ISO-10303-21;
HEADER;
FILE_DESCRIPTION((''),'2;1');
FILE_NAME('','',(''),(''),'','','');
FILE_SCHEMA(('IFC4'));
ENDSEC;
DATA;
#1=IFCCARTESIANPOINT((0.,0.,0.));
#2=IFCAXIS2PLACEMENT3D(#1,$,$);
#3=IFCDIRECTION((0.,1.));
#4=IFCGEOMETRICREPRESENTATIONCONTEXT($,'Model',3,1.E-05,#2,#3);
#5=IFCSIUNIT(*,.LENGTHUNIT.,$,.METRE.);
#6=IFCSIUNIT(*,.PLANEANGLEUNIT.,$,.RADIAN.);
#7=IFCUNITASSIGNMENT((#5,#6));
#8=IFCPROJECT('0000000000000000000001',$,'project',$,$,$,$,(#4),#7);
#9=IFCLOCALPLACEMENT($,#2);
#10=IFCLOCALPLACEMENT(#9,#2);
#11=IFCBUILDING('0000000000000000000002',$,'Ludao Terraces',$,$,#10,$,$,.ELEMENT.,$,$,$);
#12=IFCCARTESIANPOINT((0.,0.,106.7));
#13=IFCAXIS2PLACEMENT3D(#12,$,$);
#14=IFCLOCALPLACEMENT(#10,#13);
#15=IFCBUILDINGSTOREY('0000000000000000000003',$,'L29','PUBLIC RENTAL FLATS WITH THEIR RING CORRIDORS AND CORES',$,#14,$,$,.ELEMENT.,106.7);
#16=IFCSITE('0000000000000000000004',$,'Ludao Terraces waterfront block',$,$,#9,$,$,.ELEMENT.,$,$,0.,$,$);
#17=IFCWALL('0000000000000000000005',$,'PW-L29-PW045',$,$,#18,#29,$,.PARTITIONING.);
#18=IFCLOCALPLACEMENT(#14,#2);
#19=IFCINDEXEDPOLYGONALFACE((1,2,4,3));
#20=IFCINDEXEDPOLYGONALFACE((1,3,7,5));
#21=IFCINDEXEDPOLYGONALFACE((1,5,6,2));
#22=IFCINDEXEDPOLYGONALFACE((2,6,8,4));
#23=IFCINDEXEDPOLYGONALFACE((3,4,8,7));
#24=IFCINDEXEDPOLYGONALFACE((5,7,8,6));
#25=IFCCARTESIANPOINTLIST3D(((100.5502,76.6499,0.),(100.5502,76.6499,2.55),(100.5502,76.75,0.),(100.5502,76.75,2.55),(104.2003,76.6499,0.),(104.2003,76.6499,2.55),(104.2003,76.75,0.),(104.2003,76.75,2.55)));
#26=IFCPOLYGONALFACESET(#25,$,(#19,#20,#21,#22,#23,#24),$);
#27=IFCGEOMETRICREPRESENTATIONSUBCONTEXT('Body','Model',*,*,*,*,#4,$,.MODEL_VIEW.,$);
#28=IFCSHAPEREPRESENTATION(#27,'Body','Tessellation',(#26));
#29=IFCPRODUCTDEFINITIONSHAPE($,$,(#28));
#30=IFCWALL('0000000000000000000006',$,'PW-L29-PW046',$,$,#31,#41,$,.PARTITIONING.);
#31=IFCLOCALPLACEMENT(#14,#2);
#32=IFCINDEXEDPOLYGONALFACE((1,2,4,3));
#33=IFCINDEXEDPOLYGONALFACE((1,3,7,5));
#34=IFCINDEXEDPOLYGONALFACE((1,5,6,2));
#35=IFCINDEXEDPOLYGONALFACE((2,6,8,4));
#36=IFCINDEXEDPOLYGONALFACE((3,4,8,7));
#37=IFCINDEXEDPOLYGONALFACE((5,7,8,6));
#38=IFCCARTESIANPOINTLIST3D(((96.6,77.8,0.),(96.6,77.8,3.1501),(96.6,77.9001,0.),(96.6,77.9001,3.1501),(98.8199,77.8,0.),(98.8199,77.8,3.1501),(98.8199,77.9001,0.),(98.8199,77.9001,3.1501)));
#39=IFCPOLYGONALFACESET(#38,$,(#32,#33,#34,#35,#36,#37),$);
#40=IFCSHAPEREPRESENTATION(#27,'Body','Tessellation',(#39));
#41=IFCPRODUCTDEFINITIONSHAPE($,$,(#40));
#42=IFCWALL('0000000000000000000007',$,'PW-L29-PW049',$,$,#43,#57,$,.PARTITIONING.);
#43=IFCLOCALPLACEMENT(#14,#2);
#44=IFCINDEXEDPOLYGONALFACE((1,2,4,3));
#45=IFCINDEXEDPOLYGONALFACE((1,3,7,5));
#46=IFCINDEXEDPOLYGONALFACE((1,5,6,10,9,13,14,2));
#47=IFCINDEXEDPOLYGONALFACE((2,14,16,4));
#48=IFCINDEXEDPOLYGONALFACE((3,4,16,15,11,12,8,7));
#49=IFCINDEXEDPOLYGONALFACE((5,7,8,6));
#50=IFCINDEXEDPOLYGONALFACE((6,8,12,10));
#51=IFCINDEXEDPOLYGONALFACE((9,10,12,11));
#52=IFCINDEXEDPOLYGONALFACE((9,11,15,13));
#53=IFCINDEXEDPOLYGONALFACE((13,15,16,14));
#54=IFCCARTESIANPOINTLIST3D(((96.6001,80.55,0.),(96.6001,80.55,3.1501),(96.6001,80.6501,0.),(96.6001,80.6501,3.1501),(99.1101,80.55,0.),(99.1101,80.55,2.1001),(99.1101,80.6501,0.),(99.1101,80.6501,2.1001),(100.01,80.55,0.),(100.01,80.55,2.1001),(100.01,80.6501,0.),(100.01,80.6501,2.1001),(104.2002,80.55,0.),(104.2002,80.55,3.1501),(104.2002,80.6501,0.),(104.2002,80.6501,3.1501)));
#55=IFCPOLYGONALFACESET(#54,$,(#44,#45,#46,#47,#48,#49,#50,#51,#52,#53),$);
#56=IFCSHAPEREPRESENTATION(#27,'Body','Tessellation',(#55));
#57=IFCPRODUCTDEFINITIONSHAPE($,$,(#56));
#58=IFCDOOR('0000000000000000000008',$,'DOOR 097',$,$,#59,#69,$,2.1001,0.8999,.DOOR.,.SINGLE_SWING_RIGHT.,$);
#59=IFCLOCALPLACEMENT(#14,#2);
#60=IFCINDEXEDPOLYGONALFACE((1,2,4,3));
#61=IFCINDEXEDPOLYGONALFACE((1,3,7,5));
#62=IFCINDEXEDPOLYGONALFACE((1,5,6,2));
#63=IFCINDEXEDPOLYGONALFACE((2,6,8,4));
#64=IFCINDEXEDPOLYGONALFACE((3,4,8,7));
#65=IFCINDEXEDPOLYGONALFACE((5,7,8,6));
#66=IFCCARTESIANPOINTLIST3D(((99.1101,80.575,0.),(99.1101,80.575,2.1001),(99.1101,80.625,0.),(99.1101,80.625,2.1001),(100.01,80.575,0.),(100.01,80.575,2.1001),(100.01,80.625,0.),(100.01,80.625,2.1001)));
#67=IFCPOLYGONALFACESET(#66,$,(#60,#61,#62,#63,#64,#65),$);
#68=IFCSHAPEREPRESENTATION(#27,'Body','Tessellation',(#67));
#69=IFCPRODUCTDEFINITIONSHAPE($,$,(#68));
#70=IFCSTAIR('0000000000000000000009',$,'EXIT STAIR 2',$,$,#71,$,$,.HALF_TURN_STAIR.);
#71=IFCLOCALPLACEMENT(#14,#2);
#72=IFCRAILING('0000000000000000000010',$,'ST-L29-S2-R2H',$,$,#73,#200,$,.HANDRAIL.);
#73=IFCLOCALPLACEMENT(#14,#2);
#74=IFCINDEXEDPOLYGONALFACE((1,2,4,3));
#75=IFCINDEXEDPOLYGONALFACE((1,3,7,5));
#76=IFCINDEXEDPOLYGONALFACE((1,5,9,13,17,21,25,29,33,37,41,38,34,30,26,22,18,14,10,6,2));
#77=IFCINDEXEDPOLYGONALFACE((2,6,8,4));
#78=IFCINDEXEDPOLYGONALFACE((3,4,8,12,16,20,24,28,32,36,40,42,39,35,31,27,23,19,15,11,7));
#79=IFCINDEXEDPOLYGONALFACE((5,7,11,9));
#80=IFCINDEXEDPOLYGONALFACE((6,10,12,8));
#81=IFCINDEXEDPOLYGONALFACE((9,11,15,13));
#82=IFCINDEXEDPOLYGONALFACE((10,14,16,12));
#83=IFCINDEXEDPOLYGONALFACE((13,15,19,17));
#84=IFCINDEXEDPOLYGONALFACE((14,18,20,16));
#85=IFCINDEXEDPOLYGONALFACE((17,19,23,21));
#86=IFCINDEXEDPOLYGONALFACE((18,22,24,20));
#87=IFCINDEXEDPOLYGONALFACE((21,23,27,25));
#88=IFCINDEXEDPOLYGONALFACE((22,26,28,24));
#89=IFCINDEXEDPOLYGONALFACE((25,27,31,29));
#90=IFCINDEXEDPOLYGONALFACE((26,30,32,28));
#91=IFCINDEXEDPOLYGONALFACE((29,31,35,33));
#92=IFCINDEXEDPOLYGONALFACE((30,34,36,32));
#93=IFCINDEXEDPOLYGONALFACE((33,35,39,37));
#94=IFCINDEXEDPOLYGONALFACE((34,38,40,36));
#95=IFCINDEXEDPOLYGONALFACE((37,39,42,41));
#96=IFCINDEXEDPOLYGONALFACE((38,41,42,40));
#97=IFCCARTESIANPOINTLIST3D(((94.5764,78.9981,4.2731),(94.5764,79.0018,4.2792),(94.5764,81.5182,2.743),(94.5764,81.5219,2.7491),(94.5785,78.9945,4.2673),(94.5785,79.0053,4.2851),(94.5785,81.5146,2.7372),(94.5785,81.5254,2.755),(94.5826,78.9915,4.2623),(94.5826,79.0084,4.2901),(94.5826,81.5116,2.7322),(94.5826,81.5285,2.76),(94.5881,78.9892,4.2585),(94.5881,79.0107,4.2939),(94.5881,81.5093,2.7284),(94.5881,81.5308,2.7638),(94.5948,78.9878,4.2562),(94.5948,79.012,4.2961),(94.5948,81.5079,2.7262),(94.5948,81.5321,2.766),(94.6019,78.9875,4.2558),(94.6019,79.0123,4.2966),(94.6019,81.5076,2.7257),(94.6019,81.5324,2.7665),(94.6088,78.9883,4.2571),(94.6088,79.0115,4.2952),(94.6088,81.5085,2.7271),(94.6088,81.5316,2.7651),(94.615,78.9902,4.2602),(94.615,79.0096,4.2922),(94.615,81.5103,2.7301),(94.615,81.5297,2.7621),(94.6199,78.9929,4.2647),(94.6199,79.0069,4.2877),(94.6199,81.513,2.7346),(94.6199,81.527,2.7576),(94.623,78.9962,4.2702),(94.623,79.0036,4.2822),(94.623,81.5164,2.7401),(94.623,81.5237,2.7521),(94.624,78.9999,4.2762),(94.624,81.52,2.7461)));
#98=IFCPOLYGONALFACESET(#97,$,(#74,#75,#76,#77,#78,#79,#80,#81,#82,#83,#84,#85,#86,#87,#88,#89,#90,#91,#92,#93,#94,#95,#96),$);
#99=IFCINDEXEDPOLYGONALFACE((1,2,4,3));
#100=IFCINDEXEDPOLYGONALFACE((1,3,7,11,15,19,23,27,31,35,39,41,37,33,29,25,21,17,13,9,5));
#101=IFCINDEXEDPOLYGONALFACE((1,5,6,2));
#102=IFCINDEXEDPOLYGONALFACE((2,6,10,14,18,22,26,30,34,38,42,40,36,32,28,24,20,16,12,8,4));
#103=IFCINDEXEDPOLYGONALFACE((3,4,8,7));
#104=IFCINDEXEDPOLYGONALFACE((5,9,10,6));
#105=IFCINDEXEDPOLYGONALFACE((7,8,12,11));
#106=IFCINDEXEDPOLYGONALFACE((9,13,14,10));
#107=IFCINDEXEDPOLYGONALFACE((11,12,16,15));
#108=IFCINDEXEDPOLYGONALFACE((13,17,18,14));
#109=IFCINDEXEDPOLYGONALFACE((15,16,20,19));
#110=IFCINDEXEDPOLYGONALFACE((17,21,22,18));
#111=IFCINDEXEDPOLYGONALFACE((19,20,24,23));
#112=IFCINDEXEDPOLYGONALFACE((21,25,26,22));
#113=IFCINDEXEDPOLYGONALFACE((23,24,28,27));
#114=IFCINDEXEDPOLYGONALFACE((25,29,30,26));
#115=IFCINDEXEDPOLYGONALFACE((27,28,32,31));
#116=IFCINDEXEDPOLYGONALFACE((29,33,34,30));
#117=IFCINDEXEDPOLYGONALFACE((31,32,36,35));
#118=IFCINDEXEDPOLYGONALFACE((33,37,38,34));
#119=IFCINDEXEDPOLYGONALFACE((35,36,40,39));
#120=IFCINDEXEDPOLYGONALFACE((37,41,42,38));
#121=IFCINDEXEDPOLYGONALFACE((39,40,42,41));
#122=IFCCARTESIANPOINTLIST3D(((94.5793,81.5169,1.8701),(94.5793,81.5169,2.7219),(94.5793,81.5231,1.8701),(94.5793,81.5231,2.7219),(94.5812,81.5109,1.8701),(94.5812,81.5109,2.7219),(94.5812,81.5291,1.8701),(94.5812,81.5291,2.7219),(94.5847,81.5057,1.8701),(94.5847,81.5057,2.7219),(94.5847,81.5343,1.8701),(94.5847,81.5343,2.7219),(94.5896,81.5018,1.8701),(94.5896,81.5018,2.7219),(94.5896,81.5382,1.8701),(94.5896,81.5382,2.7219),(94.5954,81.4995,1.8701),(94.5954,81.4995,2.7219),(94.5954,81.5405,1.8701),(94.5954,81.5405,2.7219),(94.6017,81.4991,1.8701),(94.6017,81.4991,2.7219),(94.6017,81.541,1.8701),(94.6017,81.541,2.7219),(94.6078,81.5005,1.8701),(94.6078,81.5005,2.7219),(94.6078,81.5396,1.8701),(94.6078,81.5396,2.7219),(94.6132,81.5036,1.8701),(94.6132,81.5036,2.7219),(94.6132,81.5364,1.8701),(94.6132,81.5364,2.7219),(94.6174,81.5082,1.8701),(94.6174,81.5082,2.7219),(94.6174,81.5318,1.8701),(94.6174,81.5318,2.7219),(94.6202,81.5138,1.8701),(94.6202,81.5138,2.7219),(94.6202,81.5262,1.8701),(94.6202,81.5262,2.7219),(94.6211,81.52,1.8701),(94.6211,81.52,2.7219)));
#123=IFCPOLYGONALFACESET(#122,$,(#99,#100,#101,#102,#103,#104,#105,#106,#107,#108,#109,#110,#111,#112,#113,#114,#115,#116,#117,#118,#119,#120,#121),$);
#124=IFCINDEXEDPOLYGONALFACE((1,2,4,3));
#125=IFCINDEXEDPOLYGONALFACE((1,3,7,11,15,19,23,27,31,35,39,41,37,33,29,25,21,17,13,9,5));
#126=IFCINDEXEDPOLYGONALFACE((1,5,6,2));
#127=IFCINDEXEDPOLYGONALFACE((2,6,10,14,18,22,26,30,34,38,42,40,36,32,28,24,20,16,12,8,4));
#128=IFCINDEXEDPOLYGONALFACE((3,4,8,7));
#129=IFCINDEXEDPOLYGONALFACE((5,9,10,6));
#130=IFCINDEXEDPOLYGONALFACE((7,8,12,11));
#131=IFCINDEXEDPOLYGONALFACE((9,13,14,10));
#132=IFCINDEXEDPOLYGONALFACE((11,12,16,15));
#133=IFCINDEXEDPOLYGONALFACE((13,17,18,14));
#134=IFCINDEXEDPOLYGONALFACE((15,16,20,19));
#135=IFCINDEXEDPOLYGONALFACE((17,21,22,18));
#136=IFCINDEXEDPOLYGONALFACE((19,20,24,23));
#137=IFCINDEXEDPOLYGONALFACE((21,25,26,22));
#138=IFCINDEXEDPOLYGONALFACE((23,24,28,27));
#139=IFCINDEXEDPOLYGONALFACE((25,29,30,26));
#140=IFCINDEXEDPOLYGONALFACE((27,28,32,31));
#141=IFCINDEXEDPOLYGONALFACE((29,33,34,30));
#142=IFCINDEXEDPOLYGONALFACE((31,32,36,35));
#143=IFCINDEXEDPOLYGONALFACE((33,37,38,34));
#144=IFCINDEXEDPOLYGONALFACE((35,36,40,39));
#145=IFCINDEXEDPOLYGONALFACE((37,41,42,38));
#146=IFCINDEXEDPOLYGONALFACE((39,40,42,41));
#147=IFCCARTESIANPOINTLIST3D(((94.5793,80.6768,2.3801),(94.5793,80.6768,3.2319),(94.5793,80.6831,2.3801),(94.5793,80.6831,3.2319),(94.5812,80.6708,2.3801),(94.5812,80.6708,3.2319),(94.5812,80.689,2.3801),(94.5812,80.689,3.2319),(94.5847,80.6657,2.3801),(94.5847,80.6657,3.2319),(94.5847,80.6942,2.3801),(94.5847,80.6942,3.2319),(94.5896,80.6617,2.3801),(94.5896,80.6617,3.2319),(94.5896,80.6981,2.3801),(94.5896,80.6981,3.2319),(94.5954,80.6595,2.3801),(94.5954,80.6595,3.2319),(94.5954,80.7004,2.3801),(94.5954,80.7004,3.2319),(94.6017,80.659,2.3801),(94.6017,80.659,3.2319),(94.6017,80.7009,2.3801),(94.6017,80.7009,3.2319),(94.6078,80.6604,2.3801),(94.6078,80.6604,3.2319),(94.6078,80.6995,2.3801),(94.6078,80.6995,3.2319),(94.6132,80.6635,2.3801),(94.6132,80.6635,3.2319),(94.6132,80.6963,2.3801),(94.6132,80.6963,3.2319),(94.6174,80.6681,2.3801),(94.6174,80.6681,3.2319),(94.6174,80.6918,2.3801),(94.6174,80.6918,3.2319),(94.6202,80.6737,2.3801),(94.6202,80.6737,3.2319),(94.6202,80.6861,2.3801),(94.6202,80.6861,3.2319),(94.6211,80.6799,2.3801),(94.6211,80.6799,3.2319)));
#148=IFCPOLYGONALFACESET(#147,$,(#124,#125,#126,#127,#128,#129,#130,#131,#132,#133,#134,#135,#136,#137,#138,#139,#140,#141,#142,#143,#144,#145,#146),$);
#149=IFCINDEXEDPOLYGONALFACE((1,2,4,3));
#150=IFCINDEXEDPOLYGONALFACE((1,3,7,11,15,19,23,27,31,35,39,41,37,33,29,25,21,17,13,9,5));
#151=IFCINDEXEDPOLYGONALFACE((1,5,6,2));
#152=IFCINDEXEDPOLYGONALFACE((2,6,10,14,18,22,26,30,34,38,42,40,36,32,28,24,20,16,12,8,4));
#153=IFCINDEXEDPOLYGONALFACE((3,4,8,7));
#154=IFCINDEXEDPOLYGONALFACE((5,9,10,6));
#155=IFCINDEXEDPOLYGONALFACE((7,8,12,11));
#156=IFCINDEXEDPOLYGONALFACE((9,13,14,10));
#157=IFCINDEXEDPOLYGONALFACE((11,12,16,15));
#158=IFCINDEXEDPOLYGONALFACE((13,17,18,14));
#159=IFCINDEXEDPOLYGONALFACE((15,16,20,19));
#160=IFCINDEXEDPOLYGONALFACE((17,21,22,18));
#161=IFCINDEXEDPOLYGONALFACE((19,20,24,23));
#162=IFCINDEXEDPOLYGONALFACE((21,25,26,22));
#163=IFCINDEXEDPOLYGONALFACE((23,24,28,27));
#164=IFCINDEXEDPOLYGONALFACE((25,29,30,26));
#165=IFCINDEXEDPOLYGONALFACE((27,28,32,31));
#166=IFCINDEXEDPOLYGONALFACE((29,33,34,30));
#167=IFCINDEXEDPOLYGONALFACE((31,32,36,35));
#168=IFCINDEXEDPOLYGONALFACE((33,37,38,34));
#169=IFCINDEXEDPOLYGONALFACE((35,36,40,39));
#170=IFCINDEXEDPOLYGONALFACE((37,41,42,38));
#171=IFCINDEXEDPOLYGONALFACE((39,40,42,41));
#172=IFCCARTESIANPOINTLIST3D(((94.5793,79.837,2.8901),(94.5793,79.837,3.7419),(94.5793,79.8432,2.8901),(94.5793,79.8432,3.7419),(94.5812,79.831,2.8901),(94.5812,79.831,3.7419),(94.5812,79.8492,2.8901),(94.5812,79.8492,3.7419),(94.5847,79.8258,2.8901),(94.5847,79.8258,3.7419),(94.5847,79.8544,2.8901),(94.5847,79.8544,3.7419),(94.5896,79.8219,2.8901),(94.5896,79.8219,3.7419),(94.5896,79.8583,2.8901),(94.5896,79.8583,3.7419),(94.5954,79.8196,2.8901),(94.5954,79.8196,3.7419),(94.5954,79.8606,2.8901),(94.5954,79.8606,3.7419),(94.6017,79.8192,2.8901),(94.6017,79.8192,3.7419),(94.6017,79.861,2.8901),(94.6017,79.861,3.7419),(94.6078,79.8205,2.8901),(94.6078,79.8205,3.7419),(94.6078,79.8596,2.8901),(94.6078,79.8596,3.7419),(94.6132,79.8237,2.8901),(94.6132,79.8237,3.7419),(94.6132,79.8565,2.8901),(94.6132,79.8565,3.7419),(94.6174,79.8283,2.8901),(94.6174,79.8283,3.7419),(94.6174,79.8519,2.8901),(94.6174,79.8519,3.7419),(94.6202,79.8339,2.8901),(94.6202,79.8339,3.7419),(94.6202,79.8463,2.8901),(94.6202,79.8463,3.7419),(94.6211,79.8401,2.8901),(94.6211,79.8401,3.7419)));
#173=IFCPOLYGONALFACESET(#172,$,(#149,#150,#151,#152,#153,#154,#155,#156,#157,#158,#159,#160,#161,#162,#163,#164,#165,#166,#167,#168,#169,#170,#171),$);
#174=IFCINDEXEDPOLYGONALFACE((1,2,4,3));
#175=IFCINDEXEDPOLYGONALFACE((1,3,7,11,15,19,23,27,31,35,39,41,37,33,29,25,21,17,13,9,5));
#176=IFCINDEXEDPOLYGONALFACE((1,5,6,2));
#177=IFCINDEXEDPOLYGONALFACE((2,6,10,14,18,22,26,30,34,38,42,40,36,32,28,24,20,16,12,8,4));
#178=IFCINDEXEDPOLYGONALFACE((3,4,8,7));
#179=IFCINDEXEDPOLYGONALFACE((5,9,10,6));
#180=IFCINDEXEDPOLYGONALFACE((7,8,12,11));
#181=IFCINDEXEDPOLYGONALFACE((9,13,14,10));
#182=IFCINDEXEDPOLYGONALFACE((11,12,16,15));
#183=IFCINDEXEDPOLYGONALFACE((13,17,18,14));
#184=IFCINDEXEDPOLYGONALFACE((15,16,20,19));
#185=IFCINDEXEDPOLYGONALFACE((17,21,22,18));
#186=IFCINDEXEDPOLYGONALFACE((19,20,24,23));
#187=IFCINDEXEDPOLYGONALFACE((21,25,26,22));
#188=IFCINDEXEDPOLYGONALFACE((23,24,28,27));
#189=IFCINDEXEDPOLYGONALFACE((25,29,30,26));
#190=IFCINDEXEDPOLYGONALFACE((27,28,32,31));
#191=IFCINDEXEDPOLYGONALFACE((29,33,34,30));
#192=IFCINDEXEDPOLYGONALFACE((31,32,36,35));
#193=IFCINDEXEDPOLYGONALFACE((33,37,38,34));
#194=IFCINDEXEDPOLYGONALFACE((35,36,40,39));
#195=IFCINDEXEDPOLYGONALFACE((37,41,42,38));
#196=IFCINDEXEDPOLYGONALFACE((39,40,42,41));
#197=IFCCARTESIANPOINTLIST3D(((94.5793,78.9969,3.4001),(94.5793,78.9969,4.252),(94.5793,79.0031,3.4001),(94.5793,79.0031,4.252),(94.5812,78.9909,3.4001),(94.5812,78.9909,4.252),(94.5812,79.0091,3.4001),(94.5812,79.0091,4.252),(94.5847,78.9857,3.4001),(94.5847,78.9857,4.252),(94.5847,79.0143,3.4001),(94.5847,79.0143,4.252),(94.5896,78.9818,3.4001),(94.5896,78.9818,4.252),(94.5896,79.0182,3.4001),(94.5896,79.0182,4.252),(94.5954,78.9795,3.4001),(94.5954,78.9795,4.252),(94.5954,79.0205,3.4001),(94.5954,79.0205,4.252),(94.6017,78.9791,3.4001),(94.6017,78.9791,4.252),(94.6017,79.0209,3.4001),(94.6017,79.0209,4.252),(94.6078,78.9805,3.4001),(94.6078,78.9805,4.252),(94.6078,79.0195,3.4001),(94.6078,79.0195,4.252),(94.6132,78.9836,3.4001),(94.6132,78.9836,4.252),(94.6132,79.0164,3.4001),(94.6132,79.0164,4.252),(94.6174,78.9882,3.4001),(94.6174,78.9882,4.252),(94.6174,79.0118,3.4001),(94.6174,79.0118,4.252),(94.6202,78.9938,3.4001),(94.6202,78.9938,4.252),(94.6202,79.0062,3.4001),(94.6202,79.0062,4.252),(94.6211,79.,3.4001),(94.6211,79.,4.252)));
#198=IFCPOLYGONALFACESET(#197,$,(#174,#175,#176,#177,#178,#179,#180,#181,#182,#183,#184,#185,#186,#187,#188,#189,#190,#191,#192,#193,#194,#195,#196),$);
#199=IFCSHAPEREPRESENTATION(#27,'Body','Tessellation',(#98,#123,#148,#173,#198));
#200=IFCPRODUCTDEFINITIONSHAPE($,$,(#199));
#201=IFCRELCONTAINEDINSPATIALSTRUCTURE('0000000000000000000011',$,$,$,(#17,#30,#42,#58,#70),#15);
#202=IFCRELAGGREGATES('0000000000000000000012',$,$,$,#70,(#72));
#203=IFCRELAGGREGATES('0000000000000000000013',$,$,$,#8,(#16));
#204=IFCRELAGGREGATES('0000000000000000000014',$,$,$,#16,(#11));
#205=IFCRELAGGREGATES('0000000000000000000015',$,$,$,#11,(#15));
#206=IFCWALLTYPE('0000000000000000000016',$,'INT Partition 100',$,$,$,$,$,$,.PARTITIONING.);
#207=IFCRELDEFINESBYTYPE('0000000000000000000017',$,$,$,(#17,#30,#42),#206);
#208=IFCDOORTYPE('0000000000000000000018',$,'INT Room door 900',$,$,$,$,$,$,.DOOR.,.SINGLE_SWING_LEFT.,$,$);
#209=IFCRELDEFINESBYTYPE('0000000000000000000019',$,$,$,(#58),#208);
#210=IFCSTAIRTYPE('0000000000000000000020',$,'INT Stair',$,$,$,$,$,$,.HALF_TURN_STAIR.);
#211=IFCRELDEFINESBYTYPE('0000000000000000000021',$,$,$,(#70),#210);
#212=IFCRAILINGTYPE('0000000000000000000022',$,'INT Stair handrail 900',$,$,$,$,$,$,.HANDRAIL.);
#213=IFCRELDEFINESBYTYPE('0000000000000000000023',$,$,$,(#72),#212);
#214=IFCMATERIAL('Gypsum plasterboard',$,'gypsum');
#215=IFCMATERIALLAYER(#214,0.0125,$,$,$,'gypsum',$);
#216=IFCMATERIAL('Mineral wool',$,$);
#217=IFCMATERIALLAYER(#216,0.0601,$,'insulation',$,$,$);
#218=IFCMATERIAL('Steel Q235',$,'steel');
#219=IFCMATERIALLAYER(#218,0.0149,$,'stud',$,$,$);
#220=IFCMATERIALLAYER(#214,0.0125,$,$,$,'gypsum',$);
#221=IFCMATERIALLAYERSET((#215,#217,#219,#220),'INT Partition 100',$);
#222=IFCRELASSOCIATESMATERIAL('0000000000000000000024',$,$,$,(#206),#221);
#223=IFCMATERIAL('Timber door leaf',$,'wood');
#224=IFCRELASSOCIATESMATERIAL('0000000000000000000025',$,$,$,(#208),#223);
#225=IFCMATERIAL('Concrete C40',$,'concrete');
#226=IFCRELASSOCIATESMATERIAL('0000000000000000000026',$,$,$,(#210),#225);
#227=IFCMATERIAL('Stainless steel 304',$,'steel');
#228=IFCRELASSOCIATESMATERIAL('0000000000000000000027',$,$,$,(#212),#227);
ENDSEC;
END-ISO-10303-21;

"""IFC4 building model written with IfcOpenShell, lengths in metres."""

from ifc_helpers import new_model, si_unit, direction, frame, frame_2d, origin, origin_2d, place, context, subcontext, project, spatial, rectangle, circle, extrude, material, layer, layer_set, type_object, element, fill, aggregate, save


model = new_model("IFC4")

# Units and contexts
model_context = context("Model", 3, precision=1e-05, world=origin(), true_north=direction((0.0, 1.0)))
body_context = subcontext(model_context, "Body", "Model", "MODEL_VIEW")
ifc_project = project(units=[si_unit("LENGTHUNIT", "METRE"), si_unit("PLANEANGLEUNIT", "RADIAN")], contexts=[model_context])

# Site, building, storey
site_placement = place(None, origin())
site = spatial("IfcSite", under=ifc_project, at=site_placement, Name="Ludao Terraces waterfront block", CompositionType="ELEMENT", RefElevation=0.0)
building_placement = place(site_placement, origin())
building = spatial("IfcBuilding", under=site, at=building_placement, Name="Ludao Terraces", CompositionType="ELEMENT")
storey_placement = place(building_placement, frame((0.0, 0.0, 106.7)))
storey = spatial("IfcBuildingStorey", under=building, at=storey_placement, Name="L29", Description="PUBLIC RENTAL FLATS WITH THEIR RING CORRIDORS AND CORES", CompositionType="ELEMENT", Elevation=106.7)

# Shared definitions
ifc_material_1 = material(Name="Concrete C40", Category="concrete")

# Shared definitions
ifc_material_2 = material(Name="Steel Q235", Category="steel")

# Shared definitions
ifc_material_3 = material(Name="Mineral wool")

# Walls
ifc_material_4 = material(Name="Gypsum plasterboard", Category="gypsum")
ifc_layer_1 = layer(ifc_material_4, 0.0125, Category="gypsum")
ifc_layer_2 = layer(ifc_material_3, 0.0601, Name="insulation")
ifc_layer_3 = layer(ifc_material_2, 0.0149, Name="stud")
ifc_layer_4 = layer(ifc_material_4, 0.0125, Category="gypsum")
ifc_layer_set_1 = layer_set([ifc_layer_1, ifc_layer_2, ifc_layer_3, ifc_layer_4], Name="INT Partition 100")
wall_type_1 = type_object("IfcWallType", Name="INT Partition 100", PredefinedType="PARTITIONING", material=ifc_layer_set_1)
wall_1_placement = place(storey_placement, frame((100.55, 76.7, 0.0), z_axis=(0.0, 0.0, 1.0), x_axis=(1.0, 0.0, 0.0)))
element("IfcWall", 1, at=wall_1_placement, inside=storey, type_object=wall_type_1, Name="PW-L29-PW045", PredefinedType="PARTITIONING", context=body_context, shape_type="SweptSolid", body=[
    extrude(rectangle(XDim=3.6501, YDim=0.1001, at=frame_2d((1.8252, 0.0))), origin(), (0.0, 0.0, 1.0), 2.55),
])
wall_2_placement = place(storey_placement, frame((96.6001, 77.8501, 0.0), z_axis=(0.0, 0.0, 1.0), x_axis=(1.0, 0.0, 0.0)))
element("IfcWall", 2, at=wall_2_placement, inside=storey, type_object=wall_type_1, Name="PW-L29-PW046", PredefinedType="PARTITIONING", context=body_context, shape_type="SweptSolid", body=[
    extrude(rectangle(XDim=2.22, YDim=0.1001, at=frame_2d((1.1099, 0.0))), origin(), (0.0, 0.0, 1.0), 3.1501),
])

# Wall, opening, door
wall_3_placement = place(storey_placement, frame((96.6001, 80.6001, 0.0), z_axis=(0.0, 0.0, 1.0), x_axis=(1.0, 0.0, 0.0)))
wall_3 = element("IfcWall", 3, at=wall_3_placement, inside=storey, type_object=wall_type_1, Name="PW-L29-PW049", PredefinedType="PARTITIONING", context=body_context, shape_type="SweptSolid", body=[
    extrude(rectangle(XDim=7.6001, YDim=0.1001, at=frame_2d((3.8, 0.0))), origin(), (0.0, 0.0, 1.0), 3.1501),
])
opening_1_placement = place(wall_3_placement, frame((2.51, 0.0, 0.0)))
opening_1 = element("IfcOpeningElement", 4, at=opening_1_placement, cuts=wall_3, PredefinedType="OPENING", context=body_context, shape_type="SweptSolid", body=[
    extrude(rectangle(XDim=0.8999, YDim=2.1001, at=frame_2d((0.45, 1.05))), frame((0.0, 0.0601, 0.0), z_axis=(0.0, -1.0, 0.0), x_axis=(1.0, 0.0, 0.0)), (0.0, 0.0, 1.0), 0.1201),
])
ifc_material_5 = material(Name="Timber door leaf", Category="wood")
door_type_1 = type_object("IfcDoorType", Name="INT Room door 900", OperationType="SINGLE_SWING_LEFT", PredefinedType="DOOR", material=ifc_material_5)
door_1_placement = place(opening_1_placement, origin())
door_1 = element("IfcDoor", 5, at=door_1_placement, inside=storey, type_object=door_type_1, Name="DOOR 097", OperationType="SINGLE_SWING_RIGHT", OverallHeight=2.1001, OverallWidth=0.8999, PredefinedType="DOOR", context=body_context, shape_type="SweptSolid", body=[
    extrude(rectangle(XDim=0.8999, YDim=2.1001, at=frame_2d((0.45, 1.05))), frame((0.0, 0.0249, 0.0), z_axis=(0.0, -1.0, 0.0), x_axis=(1.0, 0.0, 0.0)), (0.0, 0.0, 1.0), 0.05),
])
fill(opening_1, door_1)

# Stair, railing
stair_type = type_object("IfcStairType", Name="INT Stair", PredefinedType="HALF_TURN_STAIR", material=ifc_material_1)
stair_placement = place(storey_placement, origin())
stair = element("IfcStair", 6, at=stair_placement, inside=storey, type_object=stair_type, Name="EXIT STAIR 2", PredefinedType="HALF_TURN_STAIR")
ifc_material_6 = material(Name="Stainless steel 304", Category="steel")
railing_type = type_object("IfcRailingType", Name="INT Stair handrail 900", PredefinedType="HANDRAIL", material=ifc_material_6)
railing_placement = place(storey_placement, frame((94.6001, 81.52, 1.8701)))
railing = element("IfcRailing", 7, at=railing_placement, type_object=railing_type, Name="ST-L29-S2-R2H", PredefinedType="HANDRAIL", context=body_context, shape_type="SweptSolid", body=[
    extrude(circle(Radius=0.0239, at=origin_2d()), frame((0.0, 0.0, 0.876), z_axis=(0.0, -0.854785, 0.518982), x_axis=(1.0, 0.0, 0.0)), (0.0, 0.0, 1.0), 2.9482),
    extrude(circle(Radius=0.021, at=origin_2d()), origin(), (0.0, 0.0, 1.0), 0.8518),
    extrude(circle(Radius=0.021, at=origin_2d()), frame((0.0, -0.8401, 0.51)), (0.0, 0.0, 1.0), 0.8518),
    extrude(circle(Radius=0.021, at=origin_2d()), frame((0.0, -1.6799, 1.02)), (0.0, 0.0, 1.0), 0.8518),
    extrude(circle(Radius=0.021, at=origin_2d()), frame((0.0, -2.52, 1.53)), (0.0, 0.0, 1.0), 0.8518),
])
aggregate(stair, [railing])

save(model, "model.ifc")
